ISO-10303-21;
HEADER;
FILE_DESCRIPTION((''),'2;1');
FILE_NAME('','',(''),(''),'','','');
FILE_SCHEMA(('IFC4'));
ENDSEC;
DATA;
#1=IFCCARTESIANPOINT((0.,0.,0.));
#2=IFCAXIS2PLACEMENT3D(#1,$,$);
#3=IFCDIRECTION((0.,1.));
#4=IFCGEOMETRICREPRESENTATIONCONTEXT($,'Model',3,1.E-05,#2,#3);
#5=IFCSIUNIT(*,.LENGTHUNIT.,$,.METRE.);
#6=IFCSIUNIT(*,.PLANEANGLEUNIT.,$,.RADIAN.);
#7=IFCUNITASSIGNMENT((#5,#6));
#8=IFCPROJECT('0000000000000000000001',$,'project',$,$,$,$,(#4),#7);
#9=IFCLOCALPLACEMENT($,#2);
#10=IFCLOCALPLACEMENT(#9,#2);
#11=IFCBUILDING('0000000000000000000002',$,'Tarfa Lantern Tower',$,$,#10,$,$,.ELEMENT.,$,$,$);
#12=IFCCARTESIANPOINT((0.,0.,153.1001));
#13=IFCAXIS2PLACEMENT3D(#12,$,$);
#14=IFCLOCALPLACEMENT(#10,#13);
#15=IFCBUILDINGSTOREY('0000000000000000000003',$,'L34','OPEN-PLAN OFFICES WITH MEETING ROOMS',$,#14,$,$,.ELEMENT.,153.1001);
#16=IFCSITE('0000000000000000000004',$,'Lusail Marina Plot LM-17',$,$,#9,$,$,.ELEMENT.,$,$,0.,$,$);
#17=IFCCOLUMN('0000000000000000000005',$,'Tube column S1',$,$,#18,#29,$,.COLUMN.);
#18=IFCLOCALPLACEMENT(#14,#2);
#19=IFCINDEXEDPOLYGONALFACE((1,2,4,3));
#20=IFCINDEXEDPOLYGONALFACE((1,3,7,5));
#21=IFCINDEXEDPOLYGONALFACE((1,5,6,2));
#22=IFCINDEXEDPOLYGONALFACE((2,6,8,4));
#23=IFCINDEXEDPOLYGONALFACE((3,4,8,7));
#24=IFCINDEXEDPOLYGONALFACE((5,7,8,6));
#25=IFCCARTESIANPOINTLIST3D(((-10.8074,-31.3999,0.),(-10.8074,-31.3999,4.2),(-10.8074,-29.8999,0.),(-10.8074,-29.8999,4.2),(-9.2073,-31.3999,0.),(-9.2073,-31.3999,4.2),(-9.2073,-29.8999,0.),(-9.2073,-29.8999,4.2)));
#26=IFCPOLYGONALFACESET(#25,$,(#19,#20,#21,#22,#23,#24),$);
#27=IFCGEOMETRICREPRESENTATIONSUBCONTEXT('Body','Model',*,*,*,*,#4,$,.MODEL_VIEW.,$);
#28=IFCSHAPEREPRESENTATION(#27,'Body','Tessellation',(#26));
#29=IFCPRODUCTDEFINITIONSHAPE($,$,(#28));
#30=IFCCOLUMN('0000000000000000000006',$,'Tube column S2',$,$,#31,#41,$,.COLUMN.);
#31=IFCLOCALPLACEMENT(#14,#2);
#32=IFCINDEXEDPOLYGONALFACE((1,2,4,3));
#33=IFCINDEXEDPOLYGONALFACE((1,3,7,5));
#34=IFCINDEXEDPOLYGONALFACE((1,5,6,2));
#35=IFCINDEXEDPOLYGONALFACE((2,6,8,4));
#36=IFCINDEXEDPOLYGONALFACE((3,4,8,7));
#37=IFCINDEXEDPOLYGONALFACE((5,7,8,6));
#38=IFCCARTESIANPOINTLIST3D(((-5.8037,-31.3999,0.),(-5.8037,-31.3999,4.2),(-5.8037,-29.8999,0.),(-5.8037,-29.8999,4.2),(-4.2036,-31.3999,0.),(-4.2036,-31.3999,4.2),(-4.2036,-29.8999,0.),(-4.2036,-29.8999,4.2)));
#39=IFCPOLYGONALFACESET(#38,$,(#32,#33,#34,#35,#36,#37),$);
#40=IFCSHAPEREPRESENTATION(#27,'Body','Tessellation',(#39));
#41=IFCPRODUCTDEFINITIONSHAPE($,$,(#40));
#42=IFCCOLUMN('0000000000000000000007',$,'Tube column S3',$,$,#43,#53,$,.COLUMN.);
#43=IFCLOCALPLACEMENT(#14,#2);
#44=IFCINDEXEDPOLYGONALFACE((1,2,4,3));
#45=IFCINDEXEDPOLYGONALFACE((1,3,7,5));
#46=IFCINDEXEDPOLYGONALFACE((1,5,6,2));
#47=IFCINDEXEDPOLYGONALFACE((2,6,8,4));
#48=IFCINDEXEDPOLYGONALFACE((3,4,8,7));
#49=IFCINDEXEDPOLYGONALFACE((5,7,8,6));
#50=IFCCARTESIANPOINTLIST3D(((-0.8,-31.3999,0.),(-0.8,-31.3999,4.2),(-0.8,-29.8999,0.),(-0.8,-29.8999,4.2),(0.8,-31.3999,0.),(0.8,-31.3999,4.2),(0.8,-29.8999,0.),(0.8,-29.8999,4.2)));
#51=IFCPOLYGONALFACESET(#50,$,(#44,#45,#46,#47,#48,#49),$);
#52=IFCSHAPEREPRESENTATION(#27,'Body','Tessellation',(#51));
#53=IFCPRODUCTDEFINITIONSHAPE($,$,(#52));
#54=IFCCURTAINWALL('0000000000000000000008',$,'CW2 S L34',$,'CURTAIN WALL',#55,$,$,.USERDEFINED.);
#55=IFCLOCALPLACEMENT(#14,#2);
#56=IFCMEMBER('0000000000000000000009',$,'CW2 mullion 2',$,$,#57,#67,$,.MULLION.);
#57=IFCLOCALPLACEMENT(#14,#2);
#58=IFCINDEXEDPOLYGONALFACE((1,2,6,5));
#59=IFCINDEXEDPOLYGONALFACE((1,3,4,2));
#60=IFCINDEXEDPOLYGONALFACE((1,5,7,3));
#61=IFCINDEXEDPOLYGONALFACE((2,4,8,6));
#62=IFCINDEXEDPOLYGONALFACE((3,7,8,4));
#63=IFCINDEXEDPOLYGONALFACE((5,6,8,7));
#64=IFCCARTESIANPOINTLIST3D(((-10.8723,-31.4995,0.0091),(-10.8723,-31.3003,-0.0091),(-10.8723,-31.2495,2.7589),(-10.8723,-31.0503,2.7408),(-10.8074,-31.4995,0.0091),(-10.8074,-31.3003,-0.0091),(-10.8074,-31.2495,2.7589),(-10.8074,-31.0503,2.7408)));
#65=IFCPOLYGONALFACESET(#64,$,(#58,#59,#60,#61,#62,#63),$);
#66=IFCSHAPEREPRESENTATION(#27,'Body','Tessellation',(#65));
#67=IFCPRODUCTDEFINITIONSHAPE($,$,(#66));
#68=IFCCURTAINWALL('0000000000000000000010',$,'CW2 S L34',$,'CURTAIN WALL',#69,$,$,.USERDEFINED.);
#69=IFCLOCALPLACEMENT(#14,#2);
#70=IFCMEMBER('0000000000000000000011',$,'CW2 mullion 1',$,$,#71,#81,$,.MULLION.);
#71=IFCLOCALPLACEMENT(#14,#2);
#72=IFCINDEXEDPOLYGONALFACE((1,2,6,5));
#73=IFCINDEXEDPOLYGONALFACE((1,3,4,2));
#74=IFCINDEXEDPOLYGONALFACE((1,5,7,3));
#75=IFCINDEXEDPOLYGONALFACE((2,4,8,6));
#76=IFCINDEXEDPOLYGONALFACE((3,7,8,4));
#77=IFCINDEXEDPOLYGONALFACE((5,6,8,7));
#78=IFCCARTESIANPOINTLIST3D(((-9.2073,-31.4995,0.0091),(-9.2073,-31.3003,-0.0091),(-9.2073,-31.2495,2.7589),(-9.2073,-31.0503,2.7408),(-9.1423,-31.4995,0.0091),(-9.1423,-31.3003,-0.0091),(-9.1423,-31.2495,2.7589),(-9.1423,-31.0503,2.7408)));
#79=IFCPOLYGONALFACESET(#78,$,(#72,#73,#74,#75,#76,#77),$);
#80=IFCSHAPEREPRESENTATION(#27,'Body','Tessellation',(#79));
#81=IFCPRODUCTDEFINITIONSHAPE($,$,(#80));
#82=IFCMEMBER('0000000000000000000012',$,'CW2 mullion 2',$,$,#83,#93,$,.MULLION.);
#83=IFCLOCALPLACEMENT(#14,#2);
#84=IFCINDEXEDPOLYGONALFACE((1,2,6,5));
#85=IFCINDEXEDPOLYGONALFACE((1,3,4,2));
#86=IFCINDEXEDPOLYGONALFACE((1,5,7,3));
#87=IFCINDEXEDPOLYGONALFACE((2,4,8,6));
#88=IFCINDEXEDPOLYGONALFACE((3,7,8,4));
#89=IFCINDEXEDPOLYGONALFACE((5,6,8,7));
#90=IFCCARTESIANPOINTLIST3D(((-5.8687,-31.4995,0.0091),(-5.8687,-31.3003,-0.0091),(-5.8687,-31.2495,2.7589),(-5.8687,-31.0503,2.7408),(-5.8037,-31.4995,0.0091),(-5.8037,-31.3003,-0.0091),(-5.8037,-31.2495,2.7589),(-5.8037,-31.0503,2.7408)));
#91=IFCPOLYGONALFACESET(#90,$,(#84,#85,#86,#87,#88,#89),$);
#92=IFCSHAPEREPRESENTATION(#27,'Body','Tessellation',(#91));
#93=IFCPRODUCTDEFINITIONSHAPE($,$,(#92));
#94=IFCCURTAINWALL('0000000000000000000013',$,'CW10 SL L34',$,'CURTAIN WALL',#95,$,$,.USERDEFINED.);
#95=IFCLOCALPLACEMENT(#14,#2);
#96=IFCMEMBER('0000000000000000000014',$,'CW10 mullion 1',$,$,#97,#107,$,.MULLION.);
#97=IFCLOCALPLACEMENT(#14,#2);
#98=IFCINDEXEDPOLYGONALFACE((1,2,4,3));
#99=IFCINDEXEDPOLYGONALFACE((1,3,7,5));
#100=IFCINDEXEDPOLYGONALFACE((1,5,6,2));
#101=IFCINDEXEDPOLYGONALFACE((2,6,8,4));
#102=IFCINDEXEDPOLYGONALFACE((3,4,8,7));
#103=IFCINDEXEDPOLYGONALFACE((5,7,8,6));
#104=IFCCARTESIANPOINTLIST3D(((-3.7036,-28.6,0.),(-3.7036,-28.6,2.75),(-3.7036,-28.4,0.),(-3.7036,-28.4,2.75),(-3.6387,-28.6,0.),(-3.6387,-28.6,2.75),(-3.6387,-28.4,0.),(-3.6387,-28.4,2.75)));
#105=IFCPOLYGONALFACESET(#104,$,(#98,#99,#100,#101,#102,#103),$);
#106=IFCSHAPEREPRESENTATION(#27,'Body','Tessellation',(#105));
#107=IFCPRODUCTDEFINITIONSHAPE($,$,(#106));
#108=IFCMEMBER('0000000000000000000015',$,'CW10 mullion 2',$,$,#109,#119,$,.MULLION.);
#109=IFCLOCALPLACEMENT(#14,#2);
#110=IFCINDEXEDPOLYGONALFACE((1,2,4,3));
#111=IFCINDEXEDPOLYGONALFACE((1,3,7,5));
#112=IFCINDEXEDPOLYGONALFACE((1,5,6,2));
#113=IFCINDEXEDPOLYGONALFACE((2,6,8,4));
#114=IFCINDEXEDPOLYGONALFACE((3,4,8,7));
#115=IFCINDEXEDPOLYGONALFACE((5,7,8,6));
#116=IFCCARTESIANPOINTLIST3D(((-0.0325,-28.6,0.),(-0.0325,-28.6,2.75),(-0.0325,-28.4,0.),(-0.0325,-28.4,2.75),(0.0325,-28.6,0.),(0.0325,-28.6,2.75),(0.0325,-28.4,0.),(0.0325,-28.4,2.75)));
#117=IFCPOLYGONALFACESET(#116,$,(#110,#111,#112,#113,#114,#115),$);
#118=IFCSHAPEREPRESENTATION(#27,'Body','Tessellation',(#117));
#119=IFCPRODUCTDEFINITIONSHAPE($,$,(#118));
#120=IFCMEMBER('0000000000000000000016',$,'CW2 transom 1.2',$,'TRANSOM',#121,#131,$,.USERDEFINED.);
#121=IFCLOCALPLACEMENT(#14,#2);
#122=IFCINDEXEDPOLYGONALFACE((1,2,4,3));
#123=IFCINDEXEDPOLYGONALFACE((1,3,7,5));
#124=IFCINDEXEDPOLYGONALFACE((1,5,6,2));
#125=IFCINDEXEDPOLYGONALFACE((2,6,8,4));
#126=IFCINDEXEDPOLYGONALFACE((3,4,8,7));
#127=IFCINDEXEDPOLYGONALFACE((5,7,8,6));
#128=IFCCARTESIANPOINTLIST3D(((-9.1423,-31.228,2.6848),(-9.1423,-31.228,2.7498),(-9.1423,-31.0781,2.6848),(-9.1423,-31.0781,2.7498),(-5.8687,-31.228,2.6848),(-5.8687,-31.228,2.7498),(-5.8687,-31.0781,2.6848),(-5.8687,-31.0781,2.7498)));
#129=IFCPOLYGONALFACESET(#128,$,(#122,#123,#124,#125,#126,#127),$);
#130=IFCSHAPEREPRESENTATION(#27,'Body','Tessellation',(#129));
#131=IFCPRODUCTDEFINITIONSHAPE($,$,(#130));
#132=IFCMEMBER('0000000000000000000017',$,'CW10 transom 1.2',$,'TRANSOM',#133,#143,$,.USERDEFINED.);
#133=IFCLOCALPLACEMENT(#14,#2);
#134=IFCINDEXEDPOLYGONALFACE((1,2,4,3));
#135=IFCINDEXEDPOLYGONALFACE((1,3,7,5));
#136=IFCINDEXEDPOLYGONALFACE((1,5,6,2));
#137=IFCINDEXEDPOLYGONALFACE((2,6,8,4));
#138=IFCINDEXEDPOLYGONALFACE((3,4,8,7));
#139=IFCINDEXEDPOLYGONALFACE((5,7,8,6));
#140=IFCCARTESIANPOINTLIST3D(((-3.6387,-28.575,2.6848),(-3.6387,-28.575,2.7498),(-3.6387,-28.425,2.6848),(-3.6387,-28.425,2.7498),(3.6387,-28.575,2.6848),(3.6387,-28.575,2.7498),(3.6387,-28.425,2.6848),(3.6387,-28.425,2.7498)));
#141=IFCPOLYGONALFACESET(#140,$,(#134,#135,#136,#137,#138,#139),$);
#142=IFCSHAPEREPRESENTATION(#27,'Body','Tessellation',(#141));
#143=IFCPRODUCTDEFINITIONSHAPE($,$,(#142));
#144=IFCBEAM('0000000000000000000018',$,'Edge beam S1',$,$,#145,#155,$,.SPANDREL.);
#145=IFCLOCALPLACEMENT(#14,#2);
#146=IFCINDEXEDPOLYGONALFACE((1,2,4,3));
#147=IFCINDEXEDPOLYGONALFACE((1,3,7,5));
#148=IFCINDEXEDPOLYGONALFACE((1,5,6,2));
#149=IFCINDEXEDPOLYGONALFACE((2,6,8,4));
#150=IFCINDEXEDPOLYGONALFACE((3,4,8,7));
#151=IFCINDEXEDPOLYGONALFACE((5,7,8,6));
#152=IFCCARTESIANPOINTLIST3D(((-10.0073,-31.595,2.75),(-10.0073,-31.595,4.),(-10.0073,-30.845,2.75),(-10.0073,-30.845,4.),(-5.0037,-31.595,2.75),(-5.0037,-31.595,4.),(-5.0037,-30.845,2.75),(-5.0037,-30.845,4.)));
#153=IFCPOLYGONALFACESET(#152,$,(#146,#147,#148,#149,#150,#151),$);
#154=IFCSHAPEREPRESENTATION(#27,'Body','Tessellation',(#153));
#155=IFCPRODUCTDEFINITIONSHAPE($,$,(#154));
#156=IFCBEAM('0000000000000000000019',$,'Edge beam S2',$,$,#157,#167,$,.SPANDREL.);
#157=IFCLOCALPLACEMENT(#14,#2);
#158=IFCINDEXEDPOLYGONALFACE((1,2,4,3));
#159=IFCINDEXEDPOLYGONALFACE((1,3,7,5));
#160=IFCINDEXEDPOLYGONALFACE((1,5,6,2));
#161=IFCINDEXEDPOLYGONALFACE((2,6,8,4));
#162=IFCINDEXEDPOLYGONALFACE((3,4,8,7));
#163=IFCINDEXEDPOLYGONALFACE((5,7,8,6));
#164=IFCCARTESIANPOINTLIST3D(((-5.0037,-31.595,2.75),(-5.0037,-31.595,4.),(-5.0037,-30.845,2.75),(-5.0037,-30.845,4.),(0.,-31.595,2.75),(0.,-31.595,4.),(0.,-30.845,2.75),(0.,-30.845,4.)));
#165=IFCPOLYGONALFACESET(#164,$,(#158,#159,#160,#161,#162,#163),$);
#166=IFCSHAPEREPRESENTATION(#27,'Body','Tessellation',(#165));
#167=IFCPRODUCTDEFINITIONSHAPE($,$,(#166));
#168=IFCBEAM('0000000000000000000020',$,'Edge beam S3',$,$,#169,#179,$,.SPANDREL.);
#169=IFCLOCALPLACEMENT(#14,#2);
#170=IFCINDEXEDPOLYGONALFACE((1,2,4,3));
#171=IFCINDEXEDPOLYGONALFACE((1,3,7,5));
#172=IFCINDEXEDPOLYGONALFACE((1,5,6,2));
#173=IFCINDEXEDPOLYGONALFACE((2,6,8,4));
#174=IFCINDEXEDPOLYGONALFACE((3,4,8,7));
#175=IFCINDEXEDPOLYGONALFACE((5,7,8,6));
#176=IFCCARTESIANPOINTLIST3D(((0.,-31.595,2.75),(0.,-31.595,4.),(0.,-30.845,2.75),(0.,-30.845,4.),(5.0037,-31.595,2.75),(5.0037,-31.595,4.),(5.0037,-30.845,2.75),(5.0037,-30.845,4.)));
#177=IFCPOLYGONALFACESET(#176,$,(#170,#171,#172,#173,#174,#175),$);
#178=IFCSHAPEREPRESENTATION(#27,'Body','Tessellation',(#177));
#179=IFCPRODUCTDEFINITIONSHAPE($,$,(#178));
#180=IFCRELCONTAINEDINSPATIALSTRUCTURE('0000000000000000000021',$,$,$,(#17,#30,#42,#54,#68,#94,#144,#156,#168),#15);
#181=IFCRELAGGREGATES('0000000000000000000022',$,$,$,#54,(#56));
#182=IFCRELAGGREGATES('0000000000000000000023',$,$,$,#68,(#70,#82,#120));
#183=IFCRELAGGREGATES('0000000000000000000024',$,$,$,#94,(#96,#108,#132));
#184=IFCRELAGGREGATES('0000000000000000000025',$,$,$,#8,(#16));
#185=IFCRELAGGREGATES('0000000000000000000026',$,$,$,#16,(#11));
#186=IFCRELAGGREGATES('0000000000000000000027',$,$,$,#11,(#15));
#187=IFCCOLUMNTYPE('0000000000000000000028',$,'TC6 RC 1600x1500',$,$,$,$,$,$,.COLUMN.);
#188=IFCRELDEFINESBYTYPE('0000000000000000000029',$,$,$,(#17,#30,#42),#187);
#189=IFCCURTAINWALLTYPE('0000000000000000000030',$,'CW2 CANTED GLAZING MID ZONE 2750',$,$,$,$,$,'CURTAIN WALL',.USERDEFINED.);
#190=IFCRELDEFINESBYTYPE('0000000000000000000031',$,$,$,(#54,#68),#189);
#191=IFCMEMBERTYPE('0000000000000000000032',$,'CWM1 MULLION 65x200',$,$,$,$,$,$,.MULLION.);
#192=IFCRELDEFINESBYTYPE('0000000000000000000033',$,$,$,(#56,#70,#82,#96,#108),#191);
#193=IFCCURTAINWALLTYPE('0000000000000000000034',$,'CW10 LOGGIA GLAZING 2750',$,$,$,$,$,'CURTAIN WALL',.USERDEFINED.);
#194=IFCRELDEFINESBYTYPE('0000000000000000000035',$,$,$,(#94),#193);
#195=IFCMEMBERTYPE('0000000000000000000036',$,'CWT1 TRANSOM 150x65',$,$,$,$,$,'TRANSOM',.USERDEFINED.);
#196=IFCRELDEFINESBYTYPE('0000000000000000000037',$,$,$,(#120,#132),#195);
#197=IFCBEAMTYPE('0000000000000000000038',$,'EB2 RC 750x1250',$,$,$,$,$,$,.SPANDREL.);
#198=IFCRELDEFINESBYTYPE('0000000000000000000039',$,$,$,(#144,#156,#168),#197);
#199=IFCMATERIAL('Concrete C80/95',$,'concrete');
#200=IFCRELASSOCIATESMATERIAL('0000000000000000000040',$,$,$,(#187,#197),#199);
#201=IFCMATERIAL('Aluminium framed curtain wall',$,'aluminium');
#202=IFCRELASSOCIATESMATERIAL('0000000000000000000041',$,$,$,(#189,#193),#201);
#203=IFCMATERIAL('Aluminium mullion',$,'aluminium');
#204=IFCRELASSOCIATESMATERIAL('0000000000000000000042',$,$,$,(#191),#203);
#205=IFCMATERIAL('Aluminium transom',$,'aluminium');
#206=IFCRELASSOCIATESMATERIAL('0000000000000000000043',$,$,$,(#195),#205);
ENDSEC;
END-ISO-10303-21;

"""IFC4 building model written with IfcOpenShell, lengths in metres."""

from ifc_helpers import new_model, si_unit, direction, frame, origin, origin_2d, place, context, subcontext, project, spatial, rectangle, extrude, material, material_profile, profile_set, type_object, element, aggregate, save


model = new_model("IFC4")

# Units and contexts
model_context = context("Model", 3, precision=1e-05, world=origin(), true_north=direction((0.0, 1.0)))
body_context = subcontext(model_context, "Body", "Model", "MODEL_VIEW")
ifc_project = project(units=[si_unit("LENGTHUNIT", "METRE"), si_unit("PLANEANGLEUNIT", "RADIAN")], contexts=[model_context])

# Site, building, storey
site_placement = place(None, origin())
site = spatial("IfcSite", under=ifc_project, at=site_placement, Name="Lusail Marina Plot LM-17", CompositionType="ELEMENT", RefElevation=0.0)
building_placement = place(site_placement, origin())
building = spatial("IfcBuilding", under=site, at=building_placement, Name="Tarfa Lantern Tower", CompositionType="ELEMENT")
storey_placement = place(building_placement, frame((0.0, 0.0, 153.1001)))
storey = spatial("IfcBuildingStorey", under=building, at=storey_placement, Name="L34", Description="OPEN-PLAN OFFICES WITH MEETING ROOMS", CompositionType="ELEMENT", Elevation=153.1001)

# Columns
ifc_material_1 = material(Name="Concrete C80/95", Category="concrete")
ifc_material_profile_1 = material_profile(ifc_material_1, rectangle(XDim=1.6001, YDim=1.5, at=origin_2d()), Name="RC 1600x1500")
ifc_profile_set_1 = profile_set([ifc_material_profile_1], Name="Concrete C80/95")
column_type = type_object("IfcColumnType", Name="TC6 RC 1600x1500", PredefinedType="COLUMN", material=ifc_profile_set_1)
for number, where, z_axis, x_axis, name in (
    (1, (-10.0073, -30.6499, 0.0), (0.0, 0.0, 1.0), (1.0, 0.0, 0.0), "Tube column S1"),
    (2, (-5.0037, -30.6499, 0.0), (0.0, 0.0, 1.0), (1.0, 0.0, 0.0), "Tube column S2"),
    (3, (0.0, -30.6499, 0.0), (0.0, 0.0, 1.0), (1.0, 0.0, 0.0), "Tube column S3"),
):
    element("IfcColumn", number, at=place(storey_placement, frame(where, z_axis=z_axis, x_axis=x_axis)), inside=storey, type_object=column_type, Name=name, PredefinedType="COLUMN", context=body_context, shape_type="SweptSolid", body=[
        extrude(rectangle(XDim=1.6001, YDim=1.5, at=origin_2d()), origin(), (0.0, 0.0, 1.0), 4.2),
    ])

# Curtain wall, member
ifc_material_2 = material(Name="Aluminium framed curtain wall", Category="aluminium")
curtain_wall_type_1 = type_object("IfcCurtainWallType", Name="CW2 CANTED GLAZING MID ZONE 2750", ElementType="CURTAIN WALL", PredefinedType="USERDEFINED", material=ifc_material_2)
curtain_wall_1_placement = place(storey_placement, origin())
curtain_wall_1 = element("IfcCurtainWall", 4, at=curtain_wall_1_placement, inside=storey, type_object=curtain_wall_type_1, Name="CW2 S L34", ObjectType="CURTAIN WALL", PredefinedType="USERDEFINED")
ifc_material_3 = material(Name="Aluminium mullion", Category="aluminium")
ifc_material_profile_2 = material_profile(ifc_material_3, rectangle(XDim=0.0649, YDim=0.2, at=origin_2d()), Name="AL MULLION 65x200")
ifc_profile_set_2 = profile_set([ifc_material_profile_2], Name="Aluminium mullion")
member_type_1 = type_object("IfcMemberType", Name="CWM1 MULLION 65x200", PredefinedType="MULLION", material=ifc_profile_set_2)
member_1_placement = place(storey_placement, frame((-10.8398, -31.3999, 0.0), z_axis=(0.0, 0.090536, 0.995893), x_axis=(-1.0, 0.0, 0.0)))
member_1 = element("IfcMember", 5, at=member_1_placement, type_object=member_type_1, Name="CW2 mullion 2", PredefinedType="MULLION", context=body_context, shape_type="SweptSolid", body=[
    extrude(rectangle(XDim=0.0649, YDim=0.2, at=origin_2d()), origin(), (0.0, 0.0, 1.0), 2.7612),
])
aggregate(curtain_wall_1, [member_1])

# Curtain walls, members
curtain_wall_2_placement = place(storey_placement, origin())
curtain_wall_2 = element("IfcCurtainWall", 6, at=curtain_wall_2_placement, inside=storey, type_object=curtain_wall_type_1, Name="CW2 S L34", ObjectType="CURTAIN WALL", PredefinedType="USERDEFINED")
member_2_placement = place(storey_placement, frame((-9.1748, -31.3999, 0.0), z_axis=(0.0, 0.090536, 0.995893), x_axis=(-1.0, 0.0, 0.0)))
member_2 = element("IfcMember", 7, at=member_2_placement, type_object=member_type_1, Name="CW2 mullion 1", PredefinedType="MULLION", context=body_context, shape_type="SweptSolid", body=[
    extrude(rectangle(XDim=0.0649, YDim=0.2, at=origin_2d()), origin(), (0.0, 0.0, 1.0), 2.7612),
])
member_3_placement = place(storey_placement, frame((-5.8362, -31.3999, 0.0), z_axis=(0.0, 0.090536, 0.995893), x_axis=(-1.0, 0.0, 0.0)))
member_3 = element("IfcMember", 8, at=member_3_placement, type_object=member_type_1, Name="CW2 mullion 2", PredefinedType="MULLION", context=body_context, shape_type="SweptSolid", body=[
    extrude(rectangle(XDim=0.0649, YDim=0.2, at=origin_2d()), origin(), (0.0, 0.0, 1.0), 2.7612),
])
curtain_wall_type_2 = type_object("IfcCurtainWallType", Name="CW10 LOGGIA GLAZING 2750", ElementType="CURTAIN WALL", PredefinedType="USERDEFINED", material=ifc_material_2)
curtain_wall_3_placement = place(storey_placement, origin())
curtain_wall_3 = element("IfcCurtainWall", 9, at=curtain_wall_3_placement, inside=storey, type_object=curtain_wall_type_2, Name="CW10 SL L34", ObjectType="CURTAIN WALL", PredefinedType="USERDEFINED")
member_4_placement = place(storey_placement, frame((-3.6711, -28.5, 0.0), z_axis=(0.0, 0.0, 1.0), x_axis=(1.0, 0.0, 0.0)))
member_4 = element("IfcMember", 10, at=member_4_placement, type_object=member_type_1, Name="CW10 mullion 1", PredefinedType="MULLION", context=body_context, shape_type="SweptSolid", body=[
    extrude(rectangle(XDim=0.0649, YDim=0.2, at=origin_2d()), origin(), (0.0, 0.0, 1.0), 2.75),
])
member_5_placement = place(storey_placement, frame((0.0, -28.5, 0.0), z_axis=(0.0, 0.0, 1.0), x_axis=(1.0, 0.0, 0.0)))
member_5 = element("IfcMember", 11, at=member_5_placement, type_object=member_type_1, Name="CW10 mullion 2", PredefinedType="MULLION", context=body_context, shape_type="SweptSolid", body=[
    extrude(rectangle(XDim=0.0649, YDim=0.2, at=origin_2d()), origin(), (0.0, 0.0, 1.0), 2.75),
])

# Members
ifc_material_4 = material(Name="Aluminium transom", Category="aluminium")
ifc_material_profile_3 = material_profile(ifc_material_4, rectangle(XDim=0.1499, YDim=0.0649, at=origin_2d()), Name="AL TRANSOM 150x65")
ifc_profile_set_3 = profile_set([ifc_material_profile_3], Name="Aluminium transom")
member_type_2 = type_object("IfcMemberType", Name="CWT1 TRANSOM 150x65", ElementType="TRANSOM", PredefinedType="USERDEFINED", material=ifc_profile_set_3)
member_6_placement = place(storey_placement, frame((-9.1423, -31.1531, 2.7173), z_axis=(1.0, 0.0, 0.0), x_axis=(0.0, 1.0, 0.0)))
member_6 = element("IfcMember", 12, at=member_6_placement, type_object=member_type_2, Name="CW2 transom 1.2", ObjectType="TRANSOM", PredefinedType="USERDEFINED", context=body_context, shape_type="SweptSolid", body=[
    extrude(rectangle(XDim=0.1499, YDim=0.0649, at=origin_2d()), origin(), (0.0, 0.0, 1.0), 3.2737),
])
member_7_placement = place(storey_placement, frame((-3.6387, -28.5, 2.7173), z_axis=(1.0, 0.0, 0.0), x_axis=(0.0, 1.0, 0.0)))
member_7 = element("IfcMember", 13, at=member_7_placement, type_object=member_type_2, Name="CW10 transom 1.2", ObjectType="TRANSOM", PredefinedType="USERDEFINED", context=body_context, shape_type="SweptSolid", body=[
    extrude(rectangle(XDim=0.1499, YDim=0.0649, at=origin_2d()), origin(), (0.0, 0.0, 1.0), 7.2773),
])

# Beams
ifc_material_profile_4 = material_profile(ifc_material_1, rectangle(XDim=0.75, YDim=1.25, at=origin_2d()), Name="RC 750x1250")
ifc_profile_set_4 = profile_set([ifc_material_profile_4], Name="Concrete C80/95")
beam_type_1 = type_object("IfcBeamType", Name="EB2 RC 750x1250", PredefinedType="SPANDREL", material=ifc_profile_set_4)
for number, where, z_axis, x_axis, name in (
    (14, (-10.0073, -31.22, 3.375), (1.0, 0.0, 0.0), (0.0, 1.0, 0.0), "Edge beam S1"),
    (15, (-5.0037, -31.22, 3.375), (1.0, 0.0, 0.0), (0.0, 1.0, 0.0), "Edge beam S2"),
    (16, (0.0, -31.22, 3.375), (1.0, 0.0, 0.0), (0.0, 1.0, 0.0), "Edge beam S3"),
):
    element("IfcBeam", number, at=place(storey_placement, frame(where, z_axis=z_axis, x_axis=x_axis)), inside=storey, type_object=beam_type_1, Name=name, PredefinedType="SPANDREL", context=body_context, shape_type="SweptSolid", body=[
        extrude(rectangle(XDim=0.75, YDim=1.25, at=origin_2d()), origin(), (0.0, 0.0, 1.0), 5.0037),
    ])

aggregate(curtain_wall_2, [member_2, member_3, member_6])
aggregate(curtain_wall_3, [member_4, member_5, member_7])

save(model, "model.ifc")
